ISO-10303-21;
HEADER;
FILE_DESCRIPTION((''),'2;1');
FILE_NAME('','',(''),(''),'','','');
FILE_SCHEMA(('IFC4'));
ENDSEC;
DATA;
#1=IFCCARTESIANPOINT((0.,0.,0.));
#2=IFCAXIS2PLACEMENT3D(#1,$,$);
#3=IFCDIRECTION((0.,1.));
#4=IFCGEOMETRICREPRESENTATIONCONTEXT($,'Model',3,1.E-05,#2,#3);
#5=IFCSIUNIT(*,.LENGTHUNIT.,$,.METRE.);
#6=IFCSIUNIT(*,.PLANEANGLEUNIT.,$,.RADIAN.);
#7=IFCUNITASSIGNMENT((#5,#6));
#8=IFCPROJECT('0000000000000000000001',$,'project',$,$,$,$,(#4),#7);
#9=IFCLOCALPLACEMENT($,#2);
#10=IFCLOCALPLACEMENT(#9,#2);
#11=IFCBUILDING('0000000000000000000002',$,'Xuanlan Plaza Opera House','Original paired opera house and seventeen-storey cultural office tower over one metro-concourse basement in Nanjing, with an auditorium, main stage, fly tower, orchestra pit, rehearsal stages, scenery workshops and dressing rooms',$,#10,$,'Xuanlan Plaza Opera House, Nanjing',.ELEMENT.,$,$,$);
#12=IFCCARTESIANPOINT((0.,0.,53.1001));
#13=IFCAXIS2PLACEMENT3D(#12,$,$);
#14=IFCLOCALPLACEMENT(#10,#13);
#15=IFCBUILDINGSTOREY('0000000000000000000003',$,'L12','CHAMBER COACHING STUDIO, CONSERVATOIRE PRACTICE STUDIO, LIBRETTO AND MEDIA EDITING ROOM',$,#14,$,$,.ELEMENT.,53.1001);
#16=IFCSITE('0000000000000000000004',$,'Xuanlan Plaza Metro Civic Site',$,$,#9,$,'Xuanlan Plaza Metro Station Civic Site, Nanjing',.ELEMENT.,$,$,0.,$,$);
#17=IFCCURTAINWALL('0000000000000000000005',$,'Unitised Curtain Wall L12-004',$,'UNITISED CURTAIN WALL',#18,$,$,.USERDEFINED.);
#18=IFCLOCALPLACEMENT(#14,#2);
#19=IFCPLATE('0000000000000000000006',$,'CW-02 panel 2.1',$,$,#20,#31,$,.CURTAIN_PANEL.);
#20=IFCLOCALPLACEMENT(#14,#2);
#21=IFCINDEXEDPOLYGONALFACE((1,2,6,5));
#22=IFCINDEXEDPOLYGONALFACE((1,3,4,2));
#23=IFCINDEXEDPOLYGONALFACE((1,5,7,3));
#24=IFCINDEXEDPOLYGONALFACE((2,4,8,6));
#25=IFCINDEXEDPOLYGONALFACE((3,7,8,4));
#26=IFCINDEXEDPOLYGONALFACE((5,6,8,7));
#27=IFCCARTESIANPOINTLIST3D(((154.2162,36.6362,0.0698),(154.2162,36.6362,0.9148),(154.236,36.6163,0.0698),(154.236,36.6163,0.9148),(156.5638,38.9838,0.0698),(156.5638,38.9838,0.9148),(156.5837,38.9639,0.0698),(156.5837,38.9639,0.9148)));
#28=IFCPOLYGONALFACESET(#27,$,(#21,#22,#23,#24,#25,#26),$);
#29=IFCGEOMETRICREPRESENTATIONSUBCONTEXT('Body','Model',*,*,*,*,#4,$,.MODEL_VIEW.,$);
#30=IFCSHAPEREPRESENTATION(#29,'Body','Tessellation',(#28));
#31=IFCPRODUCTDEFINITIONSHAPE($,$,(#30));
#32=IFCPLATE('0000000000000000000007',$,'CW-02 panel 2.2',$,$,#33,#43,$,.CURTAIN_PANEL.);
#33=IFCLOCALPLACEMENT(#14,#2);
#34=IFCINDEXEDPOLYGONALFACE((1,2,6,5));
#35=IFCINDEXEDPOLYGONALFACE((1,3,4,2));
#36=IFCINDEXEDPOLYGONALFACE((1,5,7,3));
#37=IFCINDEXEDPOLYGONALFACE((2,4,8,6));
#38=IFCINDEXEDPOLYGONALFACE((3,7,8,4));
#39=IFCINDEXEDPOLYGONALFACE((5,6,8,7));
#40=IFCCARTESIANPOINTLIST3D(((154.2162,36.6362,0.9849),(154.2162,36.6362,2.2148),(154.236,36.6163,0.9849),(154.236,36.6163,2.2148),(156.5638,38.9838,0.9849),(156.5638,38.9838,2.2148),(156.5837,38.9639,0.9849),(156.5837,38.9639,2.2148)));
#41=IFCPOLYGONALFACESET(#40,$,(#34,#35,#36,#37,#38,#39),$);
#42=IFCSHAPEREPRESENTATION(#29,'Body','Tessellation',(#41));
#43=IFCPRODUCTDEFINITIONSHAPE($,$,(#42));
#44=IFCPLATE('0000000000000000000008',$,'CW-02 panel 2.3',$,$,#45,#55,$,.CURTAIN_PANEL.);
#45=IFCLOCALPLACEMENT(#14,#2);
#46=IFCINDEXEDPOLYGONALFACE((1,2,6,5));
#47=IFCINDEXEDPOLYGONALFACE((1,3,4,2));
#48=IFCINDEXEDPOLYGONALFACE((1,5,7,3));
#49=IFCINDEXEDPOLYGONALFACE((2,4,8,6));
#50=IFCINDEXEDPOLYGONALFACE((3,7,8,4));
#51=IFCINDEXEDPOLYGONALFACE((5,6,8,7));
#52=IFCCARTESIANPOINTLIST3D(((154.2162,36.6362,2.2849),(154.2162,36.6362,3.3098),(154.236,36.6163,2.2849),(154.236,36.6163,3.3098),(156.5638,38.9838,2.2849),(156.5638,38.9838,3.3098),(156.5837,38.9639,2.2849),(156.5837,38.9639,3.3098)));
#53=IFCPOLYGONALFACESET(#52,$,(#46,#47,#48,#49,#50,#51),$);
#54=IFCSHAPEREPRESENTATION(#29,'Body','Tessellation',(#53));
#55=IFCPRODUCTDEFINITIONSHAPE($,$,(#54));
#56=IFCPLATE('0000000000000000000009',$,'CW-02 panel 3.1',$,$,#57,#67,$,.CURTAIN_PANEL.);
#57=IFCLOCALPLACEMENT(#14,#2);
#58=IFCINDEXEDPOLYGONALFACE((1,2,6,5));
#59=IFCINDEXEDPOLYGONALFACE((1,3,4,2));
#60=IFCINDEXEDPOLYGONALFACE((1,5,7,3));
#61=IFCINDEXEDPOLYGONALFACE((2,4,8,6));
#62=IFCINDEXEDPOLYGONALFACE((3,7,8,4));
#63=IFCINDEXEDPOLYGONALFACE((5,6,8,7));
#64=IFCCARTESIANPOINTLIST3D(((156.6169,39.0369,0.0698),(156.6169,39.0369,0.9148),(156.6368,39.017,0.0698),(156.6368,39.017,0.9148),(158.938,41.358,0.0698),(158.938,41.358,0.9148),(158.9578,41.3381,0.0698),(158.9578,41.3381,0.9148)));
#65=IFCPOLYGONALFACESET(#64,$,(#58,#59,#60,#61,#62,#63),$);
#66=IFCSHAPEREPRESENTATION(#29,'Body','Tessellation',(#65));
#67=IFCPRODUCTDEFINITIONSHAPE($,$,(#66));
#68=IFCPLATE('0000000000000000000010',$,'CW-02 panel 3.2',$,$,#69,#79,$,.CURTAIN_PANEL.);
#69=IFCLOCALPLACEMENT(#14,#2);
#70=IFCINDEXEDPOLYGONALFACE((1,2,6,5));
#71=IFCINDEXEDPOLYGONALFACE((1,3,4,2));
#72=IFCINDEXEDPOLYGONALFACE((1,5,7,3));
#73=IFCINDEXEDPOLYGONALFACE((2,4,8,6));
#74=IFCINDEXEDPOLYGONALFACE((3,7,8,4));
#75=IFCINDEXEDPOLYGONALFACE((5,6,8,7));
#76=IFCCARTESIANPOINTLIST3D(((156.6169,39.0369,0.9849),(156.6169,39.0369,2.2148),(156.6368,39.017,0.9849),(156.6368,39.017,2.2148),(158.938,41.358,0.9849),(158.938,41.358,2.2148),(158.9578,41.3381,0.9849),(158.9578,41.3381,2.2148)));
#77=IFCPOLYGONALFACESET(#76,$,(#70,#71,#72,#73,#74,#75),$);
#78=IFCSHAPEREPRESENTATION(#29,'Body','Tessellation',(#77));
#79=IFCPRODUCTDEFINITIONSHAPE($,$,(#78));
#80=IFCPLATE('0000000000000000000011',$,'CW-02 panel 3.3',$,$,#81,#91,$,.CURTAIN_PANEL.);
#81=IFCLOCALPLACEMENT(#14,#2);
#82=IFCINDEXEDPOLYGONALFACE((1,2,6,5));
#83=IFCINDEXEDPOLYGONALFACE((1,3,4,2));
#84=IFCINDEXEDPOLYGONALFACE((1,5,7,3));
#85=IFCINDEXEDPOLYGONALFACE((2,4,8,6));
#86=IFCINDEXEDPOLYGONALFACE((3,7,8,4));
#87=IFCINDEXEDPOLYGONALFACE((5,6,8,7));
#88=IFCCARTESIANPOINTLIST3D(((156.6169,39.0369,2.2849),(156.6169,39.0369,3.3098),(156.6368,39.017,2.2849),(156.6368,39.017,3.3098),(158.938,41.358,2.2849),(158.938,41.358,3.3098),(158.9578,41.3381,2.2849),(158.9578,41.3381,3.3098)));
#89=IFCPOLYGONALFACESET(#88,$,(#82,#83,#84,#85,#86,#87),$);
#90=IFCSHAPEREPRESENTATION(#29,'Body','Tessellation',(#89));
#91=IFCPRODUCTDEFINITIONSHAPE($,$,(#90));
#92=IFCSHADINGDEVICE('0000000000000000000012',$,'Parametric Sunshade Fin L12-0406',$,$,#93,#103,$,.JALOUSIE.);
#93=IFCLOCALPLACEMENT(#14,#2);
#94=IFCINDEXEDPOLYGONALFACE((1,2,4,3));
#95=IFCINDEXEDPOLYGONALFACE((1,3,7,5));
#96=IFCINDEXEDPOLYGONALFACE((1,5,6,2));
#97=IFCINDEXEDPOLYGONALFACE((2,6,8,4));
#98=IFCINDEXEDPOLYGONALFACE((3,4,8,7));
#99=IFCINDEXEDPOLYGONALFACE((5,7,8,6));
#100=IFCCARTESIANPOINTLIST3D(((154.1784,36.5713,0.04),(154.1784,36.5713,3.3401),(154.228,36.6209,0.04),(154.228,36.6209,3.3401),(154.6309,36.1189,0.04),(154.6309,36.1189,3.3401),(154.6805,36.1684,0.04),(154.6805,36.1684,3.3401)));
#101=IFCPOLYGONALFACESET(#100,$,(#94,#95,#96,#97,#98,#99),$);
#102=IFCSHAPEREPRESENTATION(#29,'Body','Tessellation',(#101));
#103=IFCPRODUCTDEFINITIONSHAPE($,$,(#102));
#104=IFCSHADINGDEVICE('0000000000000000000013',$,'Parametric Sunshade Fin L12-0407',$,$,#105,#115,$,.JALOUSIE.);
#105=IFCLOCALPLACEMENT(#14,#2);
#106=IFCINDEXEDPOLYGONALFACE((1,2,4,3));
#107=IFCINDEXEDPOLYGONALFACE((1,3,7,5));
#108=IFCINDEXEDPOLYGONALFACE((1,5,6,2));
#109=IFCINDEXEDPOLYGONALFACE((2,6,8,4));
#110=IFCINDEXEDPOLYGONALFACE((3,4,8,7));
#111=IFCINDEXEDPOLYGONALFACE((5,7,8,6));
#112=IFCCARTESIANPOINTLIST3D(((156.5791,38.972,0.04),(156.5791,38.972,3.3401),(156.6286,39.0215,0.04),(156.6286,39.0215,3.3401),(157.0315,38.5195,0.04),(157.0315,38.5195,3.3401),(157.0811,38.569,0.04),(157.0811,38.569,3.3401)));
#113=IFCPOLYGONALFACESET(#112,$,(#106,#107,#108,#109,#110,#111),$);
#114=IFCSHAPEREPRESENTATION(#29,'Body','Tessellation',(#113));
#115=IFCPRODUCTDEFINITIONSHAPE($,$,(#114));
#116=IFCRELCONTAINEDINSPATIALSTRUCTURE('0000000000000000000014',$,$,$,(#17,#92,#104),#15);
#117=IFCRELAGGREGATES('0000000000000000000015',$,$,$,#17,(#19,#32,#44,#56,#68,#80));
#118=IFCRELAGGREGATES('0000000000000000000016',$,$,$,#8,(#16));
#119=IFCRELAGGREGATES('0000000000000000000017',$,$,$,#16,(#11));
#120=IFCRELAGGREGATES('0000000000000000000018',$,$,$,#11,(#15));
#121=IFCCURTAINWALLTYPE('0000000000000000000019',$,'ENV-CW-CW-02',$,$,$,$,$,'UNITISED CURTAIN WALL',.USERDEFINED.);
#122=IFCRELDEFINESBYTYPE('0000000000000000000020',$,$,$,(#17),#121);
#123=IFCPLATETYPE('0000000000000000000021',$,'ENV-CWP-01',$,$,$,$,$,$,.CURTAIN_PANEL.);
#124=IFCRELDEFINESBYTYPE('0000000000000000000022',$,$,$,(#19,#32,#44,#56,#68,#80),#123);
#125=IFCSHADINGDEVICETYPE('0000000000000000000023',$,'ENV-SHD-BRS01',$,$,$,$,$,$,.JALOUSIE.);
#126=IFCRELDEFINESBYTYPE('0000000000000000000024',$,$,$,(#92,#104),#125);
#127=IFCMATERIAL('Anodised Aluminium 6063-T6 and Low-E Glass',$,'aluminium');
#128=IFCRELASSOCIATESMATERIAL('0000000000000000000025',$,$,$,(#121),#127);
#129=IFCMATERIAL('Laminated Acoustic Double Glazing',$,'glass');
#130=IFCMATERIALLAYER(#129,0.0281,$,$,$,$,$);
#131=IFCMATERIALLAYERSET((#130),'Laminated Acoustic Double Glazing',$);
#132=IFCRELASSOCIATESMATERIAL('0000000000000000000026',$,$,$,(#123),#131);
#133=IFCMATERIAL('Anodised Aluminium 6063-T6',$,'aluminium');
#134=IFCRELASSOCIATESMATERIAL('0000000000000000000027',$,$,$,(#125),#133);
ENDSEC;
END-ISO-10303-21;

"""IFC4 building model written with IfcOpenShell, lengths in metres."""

from ifc_helpers import new_model, si_unit, direction, frame, origin, origin_2d, place, context, subcontext, project, spatial, rectangle, extrude, material, layer, layer_set, type_object, element, aggregate, save


model = new_model("IFC4")

# Units and contexts
model_context = context("Model", 3, precision=1e-05, world=origin(), true_north=direction((0.0, 1.0)))
body_context = subcontext(model_context, "Body", "Model", "MODEL_VIEW")
ifc_project = project(units=[si_unit("LENGTHUNIT", "METRE"), si_unit("PLANEANGLEUNIT", "RADIAN")], contexts=[model_context])

# Site, building, storey
site_placement = place(None, origin())
site = spatial("IfcSite", under=ifc_project, at=site_placement, Name="Xuanlan Plaza Metro Civic Site", LongName="Xuanlan Plaza Metro Station Civic Site, Nanjing", CompositionType="ELEMENT", RefElevation=0.0)
building_placement = place(site_placement, origin())
building = spatial("IfcBuilding", under=site, at=building_placement, Name="Xuanlan Plaza Opera House", Description="Original paired opera house and seventeen-storey cultural office tower over one metro-concourse basement in Nanjing, with an auditorium, main stage, fly tower, orchestra pit, rehearsal stages, scenery workshops and dressing rooms", LongName="Xuanlan Plaza Opera House, Nanjing", CompositionType="ELEMENT")
storey_placement = place(building_placement, frame((0.0, 0.0, 53.1001)))
storey = spatial("IfcBuildingStorey", under=building, at=storey_placement, Name="L12", Description="CHAMBER COACHING STUDIO, CONSERVATOIRE PRACTICE STUDIO, LIBRETTO AND MEDIA EDITING ROOM", CompositionType="ELEMENT", Elevation=53.1001)

# Curtain wall
ifc_material_1 = material(Name="Anodised Aluminium 6063-T6 and Low-E Glass", Category="aluminium")
curtain_wall_type = type_object("IfcCurtainWallType", Name="ENV-CW-CW-02", ElementType="UNITISED CURTAIN WALL", PredefinedType="USERDEFINED", material=ifc_material_1)
curtain_wall_placement = place(storey_placement, origin())
curtain_wall = element("IfcCurtainWall", 1, at=curtain_wall_placement, inside=storey, type_object=curtain_wall_type, Name="Unitised Curtain Wall L12-004", ObjectType="UNITISED CURTAIN WALL", PredefinedType="USERDEFINED")
ifc_material_2 = material(Name="Anodised Aluminium 6063-T6", Category="aluminium")

# Plates
ifc_material_3 = material(Name="Laminated Acoustic Double Glazing", Category="glass")
ifc_layer = layer(ifc_material_3, 0.0281)
ifc_layer_set = layer_set([ifc_layer], Name="Laminated Acoustic Double Glazing")
plate_type = type_object("IfcPlateType", Name="ENV-CWP-01", PredefinedType="CURTAIN_PANEL", material=ifc_layer_set)
plate_1_placement = place(storey_placement, frame((155.3999, 37.8, 0.0698), z_axis=(0.0, 0.0, 1.0), x_axis=(0.707107, 0.707107, 0.0)))
plate_1 = element("IfcPlate", 2, at=plate_1_placement, type_object=plate_type, Name="CW-02 panel 2.1", PredefinedType="CURTAIN_PANEL", context=body_context, shape_type="SweptSolid", body=[
    extrude(rectangle(XDim=3.3201, YDim=0.0281, at=origin_2d()), origin(), (0.0, 0.0, 1.0), 0.845),
])
plate_2_placement = place(storey_placement, frame((155.3999, 37.8, 0.9849), z_axis=(0.0, 0.0, 1.0), x_axis=(0.707107, 0.707107, 0.0)))
plate_2 = element("IfcPlate", 3, at=plate_2_placement, type_object=plate_type, Name="CW-02 panel 2.2", PredefinedType="CURTAIN_PANEL", context=body_context, shape_type="SweptSolid", body=[
    extrude(rectangle(XDim=3.3201, YDim=0.0281, at=origin_2d()), origin(), (0.0, 0.0, 1.0), 1.23),
])
plate_3_placement = place(storey_placement, frame((155.3999, 37.8, 2.2849), z_axis=(0.0, 0.0, 1.0), x_axis=(0.707107, 0.707107, 0.0)))
plate_3 = element("IfcPlate", 4, at=plate_3_placement, type_object=plate_type, Name="CW-02 panel 2.3", PredefinedType="CURTAIN_PANEL", context=body_context, shape_type="SweptSolid", body=[
    extrude(rectangle(XDim=3.3201, YDim=0.0281, at=origin_2d()), origin(), (0.0, 0.0, 1.0), 1.0249),
])
plate_4_placement = place(storey_placement, frame((157.7874, 40.1875, 0.0698), z_axis=(0.0, 0.0, 1.0), x_axis=(0.707107, 0.707107, 0.0)))
plate_4 = element("IfcPlate", 5, at=plate_4_placement, type_object=plate_type, Name="CW-02 panel 3.1", PredefinedType="CURTAIN_PANEL", context=body_context, shape_type="SweptSolid", body=[
    extrude(rectangle(XDim=3.2825, YDim=0.0281, at=origin_2d()), origin(), (0.0, 0.0, 1.0), 0.845),
])
plate_5_placement = place(storey_placement, frame((157.7874, 40.1875, 0.9849), z_axis=(0.0, 0.0, 1.0), x_axis=(0.707107, 0.707107, 0.0)))
plate_5 = element("IfcPlate", 6, at=plate_5_placement, type_object=plate_type, Name="CW-02 panel 3.2", PredefinedType="CURTAIN_PANEL", context=body_context, shape_type="SweptSolid", body=[
    extrude(rectangle(XDim=3.2825, YDim=0.0281, at=origin_2d()), origin(), (0.0, 0.0, 1.0), 1.23),
])
plate_6_placement = place(storey_placement, frame((157.7874, 40.1875, 2.2849), z_axis=(0.0, 0.0, 1.0), x_axis=(0.707107, 0.707107, 0.0)))
plate_6 = element("IfcPlate", 7, at=plate_6_placement, type_object=plate_type, Name="CW-02 panel 3.3", PredefinedType="CURTAIN_PANEL", context=body_context, shape_type="SweptSolid", body=[
    extrude(rectangle(XDim=3.2825, YDim=0.0281, at=origin_2d()), origin(), (0.0, 0.0, 1.0), 1.0249),
])
aggregate(curtain_wall, [plate_1, plate_2, plate_3, plate_4, plate_5, plate_6])

# Shading devices
shading_device_type = type_object("IfcShadingDeviceType", Name="ENV-SHD-BRS01", PredefinedType="JALOUSIE", material=ifc_material_2)
for number, where, z_axis, x_axis, name in (
    (8, (154.4294, 36.3699, 0.04), (0.0, 0.0, 1.0), (0.707107, -0.707107, 0.0), "Parametric Sunshade Fin L12-0406"),
    (9, (156.8301, 38.7705, 0.04), (0.0, 0.0, 1.0), (0.707107, -0.707107, 0.0), "Parametric Sunshade Fin L12-0407"),
):
    element("IfcShadingDevice", number, at=place(storey_placement, frame(where, z_axis=z_axis, x_axis=x_axis)), inside=storey, type_object=shading_device_type, Name=name, PredefinedType="JALOUSIE", context=body_context, shape_type="SweptSolid", body=[
        extrude(rectangle(XDim=0.6399, YDim=0.0701, at=origin_2d()), origin(), (0.0, 0.0, 1.0), 3.3),
    ])

save(model, "model.ifc")
